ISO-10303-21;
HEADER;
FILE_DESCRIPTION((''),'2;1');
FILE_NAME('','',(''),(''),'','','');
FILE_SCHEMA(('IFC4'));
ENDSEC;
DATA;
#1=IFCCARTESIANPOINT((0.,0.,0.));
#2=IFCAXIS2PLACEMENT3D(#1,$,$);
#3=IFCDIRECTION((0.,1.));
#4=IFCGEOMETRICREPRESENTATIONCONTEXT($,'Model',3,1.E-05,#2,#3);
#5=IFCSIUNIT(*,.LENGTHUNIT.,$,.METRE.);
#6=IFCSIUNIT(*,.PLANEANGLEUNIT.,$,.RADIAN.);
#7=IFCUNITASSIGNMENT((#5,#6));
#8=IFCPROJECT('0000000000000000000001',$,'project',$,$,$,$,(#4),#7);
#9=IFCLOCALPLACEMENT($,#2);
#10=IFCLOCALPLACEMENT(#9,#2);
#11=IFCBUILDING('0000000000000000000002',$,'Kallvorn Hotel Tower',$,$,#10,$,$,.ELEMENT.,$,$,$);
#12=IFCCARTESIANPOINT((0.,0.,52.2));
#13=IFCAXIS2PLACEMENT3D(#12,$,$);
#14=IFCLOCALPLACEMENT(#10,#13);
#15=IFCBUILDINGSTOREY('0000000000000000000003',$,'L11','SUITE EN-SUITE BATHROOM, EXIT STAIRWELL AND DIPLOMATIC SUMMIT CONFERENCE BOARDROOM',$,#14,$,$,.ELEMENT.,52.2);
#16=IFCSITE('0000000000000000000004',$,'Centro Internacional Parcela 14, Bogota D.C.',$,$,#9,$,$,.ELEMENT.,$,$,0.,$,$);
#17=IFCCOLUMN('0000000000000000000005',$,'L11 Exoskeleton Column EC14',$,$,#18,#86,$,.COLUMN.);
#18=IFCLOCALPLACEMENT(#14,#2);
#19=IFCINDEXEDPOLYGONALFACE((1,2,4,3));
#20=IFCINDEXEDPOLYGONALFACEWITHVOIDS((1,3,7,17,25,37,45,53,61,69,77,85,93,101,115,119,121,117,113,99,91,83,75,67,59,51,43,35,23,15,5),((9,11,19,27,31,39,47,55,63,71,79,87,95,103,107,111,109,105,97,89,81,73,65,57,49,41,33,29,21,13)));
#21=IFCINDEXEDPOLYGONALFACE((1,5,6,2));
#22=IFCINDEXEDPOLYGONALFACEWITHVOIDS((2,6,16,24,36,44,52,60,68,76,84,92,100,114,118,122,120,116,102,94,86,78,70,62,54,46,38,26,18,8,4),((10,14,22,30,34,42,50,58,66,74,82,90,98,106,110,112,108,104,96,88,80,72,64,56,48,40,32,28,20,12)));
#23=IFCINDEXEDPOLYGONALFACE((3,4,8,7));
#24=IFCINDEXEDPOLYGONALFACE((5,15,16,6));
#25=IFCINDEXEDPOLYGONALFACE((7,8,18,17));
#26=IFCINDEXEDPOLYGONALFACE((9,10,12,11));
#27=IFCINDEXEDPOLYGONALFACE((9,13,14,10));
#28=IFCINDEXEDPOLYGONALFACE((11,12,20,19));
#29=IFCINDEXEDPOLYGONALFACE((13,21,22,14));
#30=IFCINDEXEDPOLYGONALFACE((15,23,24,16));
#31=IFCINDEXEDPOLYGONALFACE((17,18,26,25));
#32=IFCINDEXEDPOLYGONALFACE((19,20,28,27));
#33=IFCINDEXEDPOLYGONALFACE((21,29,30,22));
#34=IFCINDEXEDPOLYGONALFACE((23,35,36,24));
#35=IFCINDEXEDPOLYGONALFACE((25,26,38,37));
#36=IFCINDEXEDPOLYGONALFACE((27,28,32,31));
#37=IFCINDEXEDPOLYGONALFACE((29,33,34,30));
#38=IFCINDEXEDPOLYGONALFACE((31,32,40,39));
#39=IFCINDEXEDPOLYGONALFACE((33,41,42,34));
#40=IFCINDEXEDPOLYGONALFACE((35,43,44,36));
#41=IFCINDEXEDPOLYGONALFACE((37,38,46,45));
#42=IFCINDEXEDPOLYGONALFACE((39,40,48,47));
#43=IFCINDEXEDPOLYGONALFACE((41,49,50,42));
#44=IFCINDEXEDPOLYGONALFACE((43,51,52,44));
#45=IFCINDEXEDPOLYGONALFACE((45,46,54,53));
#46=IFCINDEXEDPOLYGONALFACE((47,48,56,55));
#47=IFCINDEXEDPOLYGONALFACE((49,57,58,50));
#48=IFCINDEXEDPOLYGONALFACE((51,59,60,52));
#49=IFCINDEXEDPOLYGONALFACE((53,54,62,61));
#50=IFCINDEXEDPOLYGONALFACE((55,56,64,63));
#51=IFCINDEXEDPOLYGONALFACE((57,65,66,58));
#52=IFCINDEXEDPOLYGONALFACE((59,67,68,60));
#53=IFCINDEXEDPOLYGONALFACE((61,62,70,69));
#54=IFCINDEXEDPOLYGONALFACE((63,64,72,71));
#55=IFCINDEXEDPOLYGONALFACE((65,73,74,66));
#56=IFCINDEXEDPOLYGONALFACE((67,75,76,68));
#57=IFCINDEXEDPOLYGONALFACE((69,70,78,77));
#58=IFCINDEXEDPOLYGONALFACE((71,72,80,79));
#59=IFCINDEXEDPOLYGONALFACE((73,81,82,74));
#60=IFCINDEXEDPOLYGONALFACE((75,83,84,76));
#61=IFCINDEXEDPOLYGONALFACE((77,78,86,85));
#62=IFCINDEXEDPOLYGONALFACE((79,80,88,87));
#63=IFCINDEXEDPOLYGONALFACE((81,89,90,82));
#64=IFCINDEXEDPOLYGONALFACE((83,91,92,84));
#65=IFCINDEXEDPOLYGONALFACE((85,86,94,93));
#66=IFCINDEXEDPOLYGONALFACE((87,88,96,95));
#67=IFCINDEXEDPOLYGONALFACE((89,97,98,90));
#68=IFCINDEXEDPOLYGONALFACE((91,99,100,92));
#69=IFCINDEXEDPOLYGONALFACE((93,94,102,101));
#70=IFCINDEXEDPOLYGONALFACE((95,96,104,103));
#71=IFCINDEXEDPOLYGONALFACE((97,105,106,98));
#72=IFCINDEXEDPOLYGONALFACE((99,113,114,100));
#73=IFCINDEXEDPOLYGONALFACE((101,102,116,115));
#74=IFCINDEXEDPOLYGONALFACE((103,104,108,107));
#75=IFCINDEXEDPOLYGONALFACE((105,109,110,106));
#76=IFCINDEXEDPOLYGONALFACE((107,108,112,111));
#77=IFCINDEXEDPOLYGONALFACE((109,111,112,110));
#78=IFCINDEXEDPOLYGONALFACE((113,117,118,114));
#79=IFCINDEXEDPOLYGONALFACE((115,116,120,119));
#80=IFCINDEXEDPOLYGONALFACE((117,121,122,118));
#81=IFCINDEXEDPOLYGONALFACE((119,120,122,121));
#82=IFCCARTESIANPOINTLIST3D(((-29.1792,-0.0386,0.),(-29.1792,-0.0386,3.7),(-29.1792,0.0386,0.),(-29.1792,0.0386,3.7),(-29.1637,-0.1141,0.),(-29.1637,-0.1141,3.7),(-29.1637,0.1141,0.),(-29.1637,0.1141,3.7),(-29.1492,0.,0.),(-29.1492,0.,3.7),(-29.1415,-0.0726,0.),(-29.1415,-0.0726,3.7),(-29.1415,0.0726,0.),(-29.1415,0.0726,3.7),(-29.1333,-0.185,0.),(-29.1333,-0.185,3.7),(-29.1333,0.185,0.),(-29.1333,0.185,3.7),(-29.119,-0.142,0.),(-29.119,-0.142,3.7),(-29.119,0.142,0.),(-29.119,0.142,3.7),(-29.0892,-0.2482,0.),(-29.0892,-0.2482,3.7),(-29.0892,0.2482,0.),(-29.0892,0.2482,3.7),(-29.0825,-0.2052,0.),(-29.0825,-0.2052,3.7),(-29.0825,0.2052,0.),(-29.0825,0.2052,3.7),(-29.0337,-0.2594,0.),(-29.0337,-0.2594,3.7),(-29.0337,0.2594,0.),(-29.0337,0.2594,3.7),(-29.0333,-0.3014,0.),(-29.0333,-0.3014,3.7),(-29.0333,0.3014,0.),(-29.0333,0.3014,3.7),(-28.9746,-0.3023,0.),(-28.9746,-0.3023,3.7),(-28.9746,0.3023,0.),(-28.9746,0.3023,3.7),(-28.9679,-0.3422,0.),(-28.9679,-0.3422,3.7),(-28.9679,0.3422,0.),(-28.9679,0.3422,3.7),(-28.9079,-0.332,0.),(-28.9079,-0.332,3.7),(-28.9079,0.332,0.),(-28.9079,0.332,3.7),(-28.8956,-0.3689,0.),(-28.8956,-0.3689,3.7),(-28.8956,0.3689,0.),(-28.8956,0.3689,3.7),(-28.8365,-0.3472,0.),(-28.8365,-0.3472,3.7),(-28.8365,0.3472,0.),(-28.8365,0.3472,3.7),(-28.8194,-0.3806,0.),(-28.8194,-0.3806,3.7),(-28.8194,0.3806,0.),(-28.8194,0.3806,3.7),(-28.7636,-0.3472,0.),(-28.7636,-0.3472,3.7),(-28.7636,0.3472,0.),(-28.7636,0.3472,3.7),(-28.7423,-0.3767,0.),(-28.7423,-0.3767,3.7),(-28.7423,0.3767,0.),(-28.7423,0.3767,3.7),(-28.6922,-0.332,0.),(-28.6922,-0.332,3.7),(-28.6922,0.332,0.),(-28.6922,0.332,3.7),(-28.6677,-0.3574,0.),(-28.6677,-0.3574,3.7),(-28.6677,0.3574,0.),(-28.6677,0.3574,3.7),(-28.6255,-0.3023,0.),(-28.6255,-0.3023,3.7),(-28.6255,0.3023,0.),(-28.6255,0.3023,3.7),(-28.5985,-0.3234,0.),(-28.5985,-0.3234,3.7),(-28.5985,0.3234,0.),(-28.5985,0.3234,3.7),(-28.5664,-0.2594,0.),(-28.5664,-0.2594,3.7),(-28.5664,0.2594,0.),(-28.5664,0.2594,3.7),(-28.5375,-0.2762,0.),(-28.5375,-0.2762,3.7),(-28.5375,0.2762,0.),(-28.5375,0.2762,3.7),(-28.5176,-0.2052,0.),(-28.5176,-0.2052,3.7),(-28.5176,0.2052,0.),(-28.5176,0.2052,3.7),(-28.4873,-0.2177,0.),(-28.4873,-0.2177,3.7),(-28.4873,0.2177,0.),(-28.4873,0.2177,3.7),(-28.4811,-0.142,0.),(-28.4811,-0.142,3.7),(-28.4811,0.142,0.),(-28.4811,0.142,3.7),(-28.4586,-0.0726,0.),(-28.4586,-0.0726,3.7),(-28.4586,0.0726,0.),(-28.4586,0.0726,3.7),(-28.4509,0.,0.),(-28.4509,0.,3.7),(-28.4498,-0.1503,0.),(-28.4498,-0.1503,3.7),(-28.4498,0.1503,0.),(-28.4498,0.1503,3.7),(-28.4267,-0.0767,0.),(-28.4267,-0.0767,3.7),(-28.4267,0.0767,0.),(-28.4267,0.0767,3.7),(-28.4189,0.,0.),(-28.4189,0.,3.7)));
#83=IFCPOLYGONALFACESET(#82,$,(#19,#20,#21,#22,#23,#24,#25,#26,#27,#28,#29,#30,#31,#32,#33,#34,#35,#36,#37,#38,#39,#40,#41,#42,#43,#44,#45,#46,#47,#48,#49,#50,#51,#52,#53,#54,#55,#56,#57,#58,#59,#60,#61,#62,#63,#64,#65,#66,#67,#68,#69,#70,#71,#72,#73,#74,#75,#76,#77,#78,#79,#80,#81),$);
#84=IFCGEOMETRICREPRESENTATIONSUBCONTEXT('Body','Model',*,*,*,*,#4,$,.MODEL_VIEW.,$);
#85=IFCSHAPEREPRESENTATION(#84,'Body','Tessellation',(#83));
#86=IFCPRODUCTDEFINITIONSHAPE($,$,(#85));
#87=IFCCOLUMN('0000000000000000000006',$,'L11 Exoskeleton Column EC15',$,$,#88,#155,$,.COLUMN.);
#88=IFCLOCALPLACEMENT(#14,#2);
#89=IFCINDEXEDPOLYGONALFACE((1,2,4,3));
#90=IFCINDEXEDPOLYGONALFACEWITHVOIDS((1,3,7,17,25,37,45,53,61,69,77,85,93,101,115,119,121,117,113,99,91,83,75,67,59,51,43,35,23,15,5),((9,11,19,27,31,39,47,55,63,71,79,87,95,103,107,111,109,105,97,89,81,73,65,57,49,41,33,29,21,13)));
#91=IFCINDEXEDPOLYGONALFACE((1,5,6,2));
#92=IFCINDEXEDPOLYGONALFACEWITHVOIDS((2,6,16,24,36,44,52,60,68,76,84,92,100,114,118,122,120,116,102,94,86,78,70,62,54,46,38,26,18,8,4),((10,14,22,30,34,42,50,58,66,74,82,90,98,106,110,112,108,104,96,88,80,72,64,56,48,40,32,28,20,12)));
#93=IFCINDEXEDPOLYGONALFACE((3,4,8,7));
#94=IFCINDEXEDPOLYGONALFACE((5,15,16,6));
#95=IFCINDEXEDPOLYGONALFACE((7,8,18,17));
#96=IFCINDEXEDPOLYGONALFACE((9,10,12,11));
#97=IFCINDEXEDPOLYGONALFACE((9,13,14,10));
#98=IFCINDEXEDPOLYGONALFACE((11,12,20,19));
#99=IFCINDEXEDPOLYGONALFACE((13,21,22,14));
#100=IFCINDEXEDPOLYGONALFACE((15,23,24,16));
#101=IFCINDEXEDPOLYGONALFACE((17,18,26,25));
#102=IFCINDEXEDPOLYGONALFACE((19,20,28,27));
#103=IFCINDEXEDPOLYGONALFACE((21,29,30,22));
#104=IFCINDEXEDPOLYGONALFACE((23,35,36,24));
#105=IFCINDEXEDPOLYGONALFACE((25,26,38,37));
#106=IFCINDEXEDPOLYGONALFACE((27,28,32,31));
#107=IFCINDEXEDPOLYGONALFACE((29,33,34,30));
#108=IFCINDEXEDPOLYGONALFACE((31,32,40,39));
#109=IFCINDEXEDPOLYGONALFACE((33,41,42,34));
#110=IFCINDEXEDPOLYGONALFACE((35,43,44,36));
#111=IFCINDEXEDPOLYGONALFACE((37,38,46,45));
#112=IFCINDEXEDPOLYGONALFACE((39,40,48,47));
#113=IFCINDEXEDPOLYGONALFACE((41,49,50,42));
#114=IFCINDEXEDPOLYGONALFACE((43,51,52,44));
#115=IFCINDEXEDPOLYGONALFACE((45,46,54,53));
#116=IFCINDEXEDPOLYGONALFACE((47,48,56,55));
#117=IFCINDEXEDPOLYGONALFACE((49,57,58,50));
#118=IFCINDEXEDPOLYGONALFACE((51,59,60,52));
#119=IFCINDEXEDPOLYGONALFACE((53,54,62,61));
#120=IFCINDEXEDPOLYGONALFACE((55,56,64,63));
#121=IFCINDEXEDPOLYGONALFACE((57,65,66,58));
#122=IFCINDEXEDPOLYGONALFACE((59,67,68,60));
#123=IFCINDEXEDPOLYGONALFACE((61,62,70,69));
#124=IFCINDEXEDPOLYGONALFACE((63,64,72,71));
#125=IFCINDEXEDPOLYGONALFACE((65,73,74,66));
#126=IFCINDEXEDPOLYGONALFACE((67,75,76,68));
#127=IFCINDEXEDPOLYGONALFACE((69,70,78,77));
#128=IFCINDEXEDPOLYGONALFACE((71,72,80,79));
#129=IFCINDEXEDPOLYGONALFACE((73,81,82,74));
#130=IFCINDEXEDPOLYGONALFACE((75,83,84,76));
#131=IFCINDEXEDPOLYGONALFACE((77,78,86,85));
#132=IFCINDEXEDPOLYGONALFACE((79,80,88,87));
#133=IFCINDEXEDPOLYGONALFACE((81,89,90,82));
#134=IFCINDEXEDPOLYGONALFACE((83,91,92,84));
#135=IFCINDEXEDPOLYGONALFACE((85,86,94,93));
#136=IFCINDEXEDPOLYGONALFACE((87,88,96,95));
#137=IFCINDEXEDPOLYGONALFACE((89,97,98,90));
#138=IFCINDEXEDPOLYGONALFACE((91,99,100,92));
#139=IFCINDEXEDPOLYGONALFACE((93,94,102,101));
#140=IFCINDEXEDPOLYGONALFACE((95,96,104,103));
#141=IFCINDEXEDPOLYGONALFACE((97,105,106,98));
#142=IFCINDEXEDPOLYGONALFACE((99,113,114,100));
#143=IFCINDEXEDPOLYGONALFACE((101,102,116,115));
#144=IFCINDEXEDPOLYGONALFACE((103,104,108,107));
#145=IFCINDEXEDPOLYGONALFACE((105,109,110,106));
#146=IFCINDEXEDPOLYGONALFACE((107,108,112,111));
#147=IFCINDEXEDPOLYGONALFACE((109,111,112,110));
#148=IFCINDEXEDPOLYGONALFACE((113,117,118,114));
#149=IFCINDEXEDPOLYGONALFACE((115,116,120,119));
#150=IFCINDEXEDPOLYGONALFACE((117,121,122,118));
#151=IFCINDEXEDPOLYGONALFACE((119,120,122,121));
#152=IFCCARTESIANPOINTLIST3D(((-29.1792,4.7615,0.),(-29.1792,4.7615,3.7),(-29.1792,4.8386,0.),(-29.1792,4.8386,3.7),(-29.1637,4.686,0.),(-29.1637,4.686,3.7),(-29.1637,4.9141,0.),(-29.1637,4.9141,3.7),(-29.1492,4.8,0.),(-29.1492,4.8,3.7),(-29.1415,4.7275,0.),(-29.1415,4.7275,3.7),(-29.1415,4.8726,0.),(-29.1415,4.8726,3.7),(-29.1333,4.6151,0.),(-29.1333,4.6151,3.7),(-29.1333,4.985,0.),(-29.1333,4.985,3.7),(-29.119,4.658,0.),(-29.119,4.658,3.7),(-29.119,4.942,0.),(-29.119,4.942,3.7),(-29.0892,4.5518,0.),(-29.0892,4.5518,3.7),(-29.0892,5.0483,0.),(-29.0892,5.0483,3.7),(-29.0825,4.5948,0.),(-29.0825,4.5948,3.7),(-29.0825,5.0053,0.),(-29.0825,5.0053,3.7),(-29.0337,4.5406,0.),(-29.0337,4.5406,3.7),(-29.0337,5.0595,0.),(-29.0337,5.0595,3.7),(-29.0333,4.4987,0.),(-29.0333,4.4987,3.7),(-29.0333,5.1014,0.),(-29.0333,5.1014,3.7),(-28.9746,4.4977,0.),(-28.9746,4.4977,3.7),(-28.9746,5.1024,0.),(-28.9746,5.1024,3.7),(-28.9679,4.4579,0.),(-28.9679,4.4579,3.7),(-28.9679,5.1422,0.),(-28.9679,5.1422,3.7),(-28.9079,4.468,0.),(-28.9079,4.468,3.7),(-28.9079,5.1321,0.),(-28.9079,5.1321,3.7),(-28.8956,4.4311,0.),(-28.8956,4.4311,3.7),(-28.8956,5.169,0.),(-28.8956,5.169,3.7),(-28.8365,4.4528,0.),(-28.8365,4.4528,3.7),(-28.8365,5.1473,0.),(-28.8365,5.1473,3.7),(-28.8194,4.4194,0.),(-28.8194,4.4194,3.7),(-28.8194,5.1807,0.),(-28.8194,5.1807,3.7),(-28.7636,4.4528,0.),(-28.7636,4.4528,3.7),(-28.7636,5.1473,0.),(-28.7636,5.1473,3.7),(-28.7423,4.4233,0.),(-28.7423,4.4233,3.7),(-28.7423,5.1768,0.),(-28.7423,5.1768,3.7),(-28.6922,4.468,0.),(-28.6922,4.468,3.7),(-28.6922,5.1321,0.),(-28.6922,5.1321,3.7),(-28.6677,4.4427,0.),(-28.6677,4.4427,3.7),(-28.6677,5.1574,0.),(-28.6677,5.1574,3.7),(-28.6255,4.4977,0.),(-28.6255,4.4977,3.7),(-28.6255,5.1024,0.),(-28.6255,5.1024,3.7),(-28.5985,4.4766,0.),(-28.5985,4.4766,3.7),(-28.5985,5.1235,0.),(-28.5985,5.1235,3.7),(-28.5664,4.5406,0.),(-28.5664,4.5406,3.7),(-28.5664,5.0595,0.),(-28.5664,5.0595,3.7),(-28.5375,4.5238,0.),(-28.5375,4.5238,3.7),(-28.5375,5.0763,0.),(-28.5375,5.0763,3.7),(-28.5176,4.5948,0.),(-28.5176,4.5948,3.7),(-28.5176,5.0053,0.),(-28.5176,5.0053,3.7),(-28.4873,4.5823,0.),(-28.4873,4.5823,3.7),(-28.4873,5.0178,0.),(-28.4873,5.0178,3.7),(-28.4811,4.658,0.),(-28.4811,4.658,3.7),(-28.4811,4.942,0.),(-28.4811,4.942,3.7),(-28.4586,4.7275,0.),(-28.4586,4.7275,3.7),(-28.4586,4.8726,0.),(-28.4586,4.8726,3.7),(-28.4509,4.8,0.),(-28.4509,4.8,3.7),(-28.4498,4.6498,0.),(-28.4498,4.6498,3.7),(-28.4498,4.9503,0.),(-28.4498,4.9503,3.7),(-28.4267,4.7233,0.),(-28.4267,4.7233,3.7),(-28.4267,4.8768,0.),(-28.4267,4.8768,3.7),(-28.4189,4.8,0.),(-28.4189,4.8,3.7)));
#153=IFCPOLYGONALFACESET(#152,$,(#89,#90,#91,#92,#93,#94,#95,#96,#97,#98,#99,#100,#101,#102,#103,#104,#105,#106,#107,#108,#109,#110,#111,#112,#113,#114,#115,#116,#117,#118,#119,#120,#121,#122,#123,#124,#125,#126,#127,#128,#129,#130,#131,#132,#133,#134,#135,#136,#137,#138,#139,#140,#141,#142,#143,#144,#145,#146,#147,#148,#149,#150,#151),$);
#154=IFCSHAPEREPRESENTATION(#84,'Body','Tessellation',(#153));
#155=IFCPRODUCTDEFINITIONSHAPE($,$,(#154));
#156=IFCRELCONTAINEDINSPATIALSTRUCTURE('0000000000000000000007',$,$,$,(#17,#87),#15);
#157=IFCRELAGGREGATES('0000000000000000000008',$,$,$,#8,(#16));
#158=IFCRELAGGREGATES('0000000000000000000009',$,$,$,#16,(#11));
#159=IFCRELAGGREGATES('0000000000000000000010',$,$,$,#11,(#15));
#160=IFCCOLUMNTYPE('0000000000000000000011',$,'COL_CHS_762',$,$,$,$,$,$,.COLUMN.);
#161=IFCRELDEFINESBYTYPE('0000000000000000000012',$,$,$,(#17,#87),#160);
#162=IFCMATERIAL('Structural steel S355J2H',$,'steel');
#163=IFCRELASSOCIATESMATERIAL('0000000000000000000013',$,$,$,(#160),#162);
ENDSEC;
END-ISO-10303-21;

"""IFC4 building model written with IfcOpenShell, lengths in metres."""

from ifc_helpers import new_model, si_unit, direction, frame, origin, origin_2d, place, context, subcontext, project, spatial, hollow_circle, extrude, material, material_profile, profile_set, type_object, element, save


model = new_model("IFC4")

# Units and contexts
model_context = context("Model", 3, precision=1e-05, world=origin(), true_north=direction((0.0, 1.0)))
body_context = subcontext(model_context, "Body", "Model", "MODEL_VIEW")
ifc_project = project(units=[si_unit("LENGTHUNIT", "METRE"), si_unit("PLANEANGLEUNIT", "RADIAN")], contexts=[model_context])

# Site, building, storey
site_placement = place(None, origin())
site = spatial("IfcSite", under=ifc_project, at=site_placement, Name="Centro Internacional Parcela 14, Bogota D.C.", CompositionType="ELEMENT", RefElevation=0.0)
building_placement = place(site_placement, origin())
building = spatial("IfcBuilding", under=site, at=building_placement, Name="Kallvorn Hotel Tower", CompositionType="ELEMENT")
storey_placement = place(building_placement, frame((0.0, 0.0, 52.2)))
storey = spatial("IfcBuildingStorey", under=building, at=storey_placement, Name="L11", Description="SUITE EN-SUITE BATHROOM, EXIT STAIRWELL AND DIPLOMATIC SUMMIT CONFERENCE BOARDROOM", CompositionType="ELEMENT", Elevation=52.2)

# Columns
ifc_material_1 = material(Name="Structural steel S355J2H", Category="steel")
ifc_material_profile_1 = material_profile(ifc_material_1, hollow_circle(Radius=0.3811, WallThickness=0.032, at=origin_2d()), Name="CHS 762x32")
ifc_profile_set_1 = profile_set([ifc_material_profile_1], Name="Structural steel S355J2H")
column_type_1 = type_object("IfcColumnType", Name="COL_CHS_762", PredefinedType="COLUMN", material=ifc_profile_set_1)
for number, where, z_axis, x_axis, name in (
    (1, (-28.8, 0.0, 0.0), (0.0, 0.0, 1.0), (1.0, 0.0, 0.0), "L11 Exoskeleton Column EC14"),
    (2, (-28.8, 4.8, 0.0), (0.0, 0.0, 1.0), (1.0, 0.0, 0.0), "L11 Exoskeleton Column EC15"),
):
    element("IfcColumn", number, at=place(storey_placement, frame(where, z_axis=z_axis, x_axis=x_axis)), inside=storey, type_object=column_type_1, Name=name, PredefinedType="COLUMN", context=body_context, shape_type="SweptSolid", body=[
        extrude(hollow_circle(Radius=0.3811, WallThickness=0.032, at=origin_2d()), origin(), (0.0, 0.0, 1.0), 3.7),
    ])

save(model, "model.ifc")
